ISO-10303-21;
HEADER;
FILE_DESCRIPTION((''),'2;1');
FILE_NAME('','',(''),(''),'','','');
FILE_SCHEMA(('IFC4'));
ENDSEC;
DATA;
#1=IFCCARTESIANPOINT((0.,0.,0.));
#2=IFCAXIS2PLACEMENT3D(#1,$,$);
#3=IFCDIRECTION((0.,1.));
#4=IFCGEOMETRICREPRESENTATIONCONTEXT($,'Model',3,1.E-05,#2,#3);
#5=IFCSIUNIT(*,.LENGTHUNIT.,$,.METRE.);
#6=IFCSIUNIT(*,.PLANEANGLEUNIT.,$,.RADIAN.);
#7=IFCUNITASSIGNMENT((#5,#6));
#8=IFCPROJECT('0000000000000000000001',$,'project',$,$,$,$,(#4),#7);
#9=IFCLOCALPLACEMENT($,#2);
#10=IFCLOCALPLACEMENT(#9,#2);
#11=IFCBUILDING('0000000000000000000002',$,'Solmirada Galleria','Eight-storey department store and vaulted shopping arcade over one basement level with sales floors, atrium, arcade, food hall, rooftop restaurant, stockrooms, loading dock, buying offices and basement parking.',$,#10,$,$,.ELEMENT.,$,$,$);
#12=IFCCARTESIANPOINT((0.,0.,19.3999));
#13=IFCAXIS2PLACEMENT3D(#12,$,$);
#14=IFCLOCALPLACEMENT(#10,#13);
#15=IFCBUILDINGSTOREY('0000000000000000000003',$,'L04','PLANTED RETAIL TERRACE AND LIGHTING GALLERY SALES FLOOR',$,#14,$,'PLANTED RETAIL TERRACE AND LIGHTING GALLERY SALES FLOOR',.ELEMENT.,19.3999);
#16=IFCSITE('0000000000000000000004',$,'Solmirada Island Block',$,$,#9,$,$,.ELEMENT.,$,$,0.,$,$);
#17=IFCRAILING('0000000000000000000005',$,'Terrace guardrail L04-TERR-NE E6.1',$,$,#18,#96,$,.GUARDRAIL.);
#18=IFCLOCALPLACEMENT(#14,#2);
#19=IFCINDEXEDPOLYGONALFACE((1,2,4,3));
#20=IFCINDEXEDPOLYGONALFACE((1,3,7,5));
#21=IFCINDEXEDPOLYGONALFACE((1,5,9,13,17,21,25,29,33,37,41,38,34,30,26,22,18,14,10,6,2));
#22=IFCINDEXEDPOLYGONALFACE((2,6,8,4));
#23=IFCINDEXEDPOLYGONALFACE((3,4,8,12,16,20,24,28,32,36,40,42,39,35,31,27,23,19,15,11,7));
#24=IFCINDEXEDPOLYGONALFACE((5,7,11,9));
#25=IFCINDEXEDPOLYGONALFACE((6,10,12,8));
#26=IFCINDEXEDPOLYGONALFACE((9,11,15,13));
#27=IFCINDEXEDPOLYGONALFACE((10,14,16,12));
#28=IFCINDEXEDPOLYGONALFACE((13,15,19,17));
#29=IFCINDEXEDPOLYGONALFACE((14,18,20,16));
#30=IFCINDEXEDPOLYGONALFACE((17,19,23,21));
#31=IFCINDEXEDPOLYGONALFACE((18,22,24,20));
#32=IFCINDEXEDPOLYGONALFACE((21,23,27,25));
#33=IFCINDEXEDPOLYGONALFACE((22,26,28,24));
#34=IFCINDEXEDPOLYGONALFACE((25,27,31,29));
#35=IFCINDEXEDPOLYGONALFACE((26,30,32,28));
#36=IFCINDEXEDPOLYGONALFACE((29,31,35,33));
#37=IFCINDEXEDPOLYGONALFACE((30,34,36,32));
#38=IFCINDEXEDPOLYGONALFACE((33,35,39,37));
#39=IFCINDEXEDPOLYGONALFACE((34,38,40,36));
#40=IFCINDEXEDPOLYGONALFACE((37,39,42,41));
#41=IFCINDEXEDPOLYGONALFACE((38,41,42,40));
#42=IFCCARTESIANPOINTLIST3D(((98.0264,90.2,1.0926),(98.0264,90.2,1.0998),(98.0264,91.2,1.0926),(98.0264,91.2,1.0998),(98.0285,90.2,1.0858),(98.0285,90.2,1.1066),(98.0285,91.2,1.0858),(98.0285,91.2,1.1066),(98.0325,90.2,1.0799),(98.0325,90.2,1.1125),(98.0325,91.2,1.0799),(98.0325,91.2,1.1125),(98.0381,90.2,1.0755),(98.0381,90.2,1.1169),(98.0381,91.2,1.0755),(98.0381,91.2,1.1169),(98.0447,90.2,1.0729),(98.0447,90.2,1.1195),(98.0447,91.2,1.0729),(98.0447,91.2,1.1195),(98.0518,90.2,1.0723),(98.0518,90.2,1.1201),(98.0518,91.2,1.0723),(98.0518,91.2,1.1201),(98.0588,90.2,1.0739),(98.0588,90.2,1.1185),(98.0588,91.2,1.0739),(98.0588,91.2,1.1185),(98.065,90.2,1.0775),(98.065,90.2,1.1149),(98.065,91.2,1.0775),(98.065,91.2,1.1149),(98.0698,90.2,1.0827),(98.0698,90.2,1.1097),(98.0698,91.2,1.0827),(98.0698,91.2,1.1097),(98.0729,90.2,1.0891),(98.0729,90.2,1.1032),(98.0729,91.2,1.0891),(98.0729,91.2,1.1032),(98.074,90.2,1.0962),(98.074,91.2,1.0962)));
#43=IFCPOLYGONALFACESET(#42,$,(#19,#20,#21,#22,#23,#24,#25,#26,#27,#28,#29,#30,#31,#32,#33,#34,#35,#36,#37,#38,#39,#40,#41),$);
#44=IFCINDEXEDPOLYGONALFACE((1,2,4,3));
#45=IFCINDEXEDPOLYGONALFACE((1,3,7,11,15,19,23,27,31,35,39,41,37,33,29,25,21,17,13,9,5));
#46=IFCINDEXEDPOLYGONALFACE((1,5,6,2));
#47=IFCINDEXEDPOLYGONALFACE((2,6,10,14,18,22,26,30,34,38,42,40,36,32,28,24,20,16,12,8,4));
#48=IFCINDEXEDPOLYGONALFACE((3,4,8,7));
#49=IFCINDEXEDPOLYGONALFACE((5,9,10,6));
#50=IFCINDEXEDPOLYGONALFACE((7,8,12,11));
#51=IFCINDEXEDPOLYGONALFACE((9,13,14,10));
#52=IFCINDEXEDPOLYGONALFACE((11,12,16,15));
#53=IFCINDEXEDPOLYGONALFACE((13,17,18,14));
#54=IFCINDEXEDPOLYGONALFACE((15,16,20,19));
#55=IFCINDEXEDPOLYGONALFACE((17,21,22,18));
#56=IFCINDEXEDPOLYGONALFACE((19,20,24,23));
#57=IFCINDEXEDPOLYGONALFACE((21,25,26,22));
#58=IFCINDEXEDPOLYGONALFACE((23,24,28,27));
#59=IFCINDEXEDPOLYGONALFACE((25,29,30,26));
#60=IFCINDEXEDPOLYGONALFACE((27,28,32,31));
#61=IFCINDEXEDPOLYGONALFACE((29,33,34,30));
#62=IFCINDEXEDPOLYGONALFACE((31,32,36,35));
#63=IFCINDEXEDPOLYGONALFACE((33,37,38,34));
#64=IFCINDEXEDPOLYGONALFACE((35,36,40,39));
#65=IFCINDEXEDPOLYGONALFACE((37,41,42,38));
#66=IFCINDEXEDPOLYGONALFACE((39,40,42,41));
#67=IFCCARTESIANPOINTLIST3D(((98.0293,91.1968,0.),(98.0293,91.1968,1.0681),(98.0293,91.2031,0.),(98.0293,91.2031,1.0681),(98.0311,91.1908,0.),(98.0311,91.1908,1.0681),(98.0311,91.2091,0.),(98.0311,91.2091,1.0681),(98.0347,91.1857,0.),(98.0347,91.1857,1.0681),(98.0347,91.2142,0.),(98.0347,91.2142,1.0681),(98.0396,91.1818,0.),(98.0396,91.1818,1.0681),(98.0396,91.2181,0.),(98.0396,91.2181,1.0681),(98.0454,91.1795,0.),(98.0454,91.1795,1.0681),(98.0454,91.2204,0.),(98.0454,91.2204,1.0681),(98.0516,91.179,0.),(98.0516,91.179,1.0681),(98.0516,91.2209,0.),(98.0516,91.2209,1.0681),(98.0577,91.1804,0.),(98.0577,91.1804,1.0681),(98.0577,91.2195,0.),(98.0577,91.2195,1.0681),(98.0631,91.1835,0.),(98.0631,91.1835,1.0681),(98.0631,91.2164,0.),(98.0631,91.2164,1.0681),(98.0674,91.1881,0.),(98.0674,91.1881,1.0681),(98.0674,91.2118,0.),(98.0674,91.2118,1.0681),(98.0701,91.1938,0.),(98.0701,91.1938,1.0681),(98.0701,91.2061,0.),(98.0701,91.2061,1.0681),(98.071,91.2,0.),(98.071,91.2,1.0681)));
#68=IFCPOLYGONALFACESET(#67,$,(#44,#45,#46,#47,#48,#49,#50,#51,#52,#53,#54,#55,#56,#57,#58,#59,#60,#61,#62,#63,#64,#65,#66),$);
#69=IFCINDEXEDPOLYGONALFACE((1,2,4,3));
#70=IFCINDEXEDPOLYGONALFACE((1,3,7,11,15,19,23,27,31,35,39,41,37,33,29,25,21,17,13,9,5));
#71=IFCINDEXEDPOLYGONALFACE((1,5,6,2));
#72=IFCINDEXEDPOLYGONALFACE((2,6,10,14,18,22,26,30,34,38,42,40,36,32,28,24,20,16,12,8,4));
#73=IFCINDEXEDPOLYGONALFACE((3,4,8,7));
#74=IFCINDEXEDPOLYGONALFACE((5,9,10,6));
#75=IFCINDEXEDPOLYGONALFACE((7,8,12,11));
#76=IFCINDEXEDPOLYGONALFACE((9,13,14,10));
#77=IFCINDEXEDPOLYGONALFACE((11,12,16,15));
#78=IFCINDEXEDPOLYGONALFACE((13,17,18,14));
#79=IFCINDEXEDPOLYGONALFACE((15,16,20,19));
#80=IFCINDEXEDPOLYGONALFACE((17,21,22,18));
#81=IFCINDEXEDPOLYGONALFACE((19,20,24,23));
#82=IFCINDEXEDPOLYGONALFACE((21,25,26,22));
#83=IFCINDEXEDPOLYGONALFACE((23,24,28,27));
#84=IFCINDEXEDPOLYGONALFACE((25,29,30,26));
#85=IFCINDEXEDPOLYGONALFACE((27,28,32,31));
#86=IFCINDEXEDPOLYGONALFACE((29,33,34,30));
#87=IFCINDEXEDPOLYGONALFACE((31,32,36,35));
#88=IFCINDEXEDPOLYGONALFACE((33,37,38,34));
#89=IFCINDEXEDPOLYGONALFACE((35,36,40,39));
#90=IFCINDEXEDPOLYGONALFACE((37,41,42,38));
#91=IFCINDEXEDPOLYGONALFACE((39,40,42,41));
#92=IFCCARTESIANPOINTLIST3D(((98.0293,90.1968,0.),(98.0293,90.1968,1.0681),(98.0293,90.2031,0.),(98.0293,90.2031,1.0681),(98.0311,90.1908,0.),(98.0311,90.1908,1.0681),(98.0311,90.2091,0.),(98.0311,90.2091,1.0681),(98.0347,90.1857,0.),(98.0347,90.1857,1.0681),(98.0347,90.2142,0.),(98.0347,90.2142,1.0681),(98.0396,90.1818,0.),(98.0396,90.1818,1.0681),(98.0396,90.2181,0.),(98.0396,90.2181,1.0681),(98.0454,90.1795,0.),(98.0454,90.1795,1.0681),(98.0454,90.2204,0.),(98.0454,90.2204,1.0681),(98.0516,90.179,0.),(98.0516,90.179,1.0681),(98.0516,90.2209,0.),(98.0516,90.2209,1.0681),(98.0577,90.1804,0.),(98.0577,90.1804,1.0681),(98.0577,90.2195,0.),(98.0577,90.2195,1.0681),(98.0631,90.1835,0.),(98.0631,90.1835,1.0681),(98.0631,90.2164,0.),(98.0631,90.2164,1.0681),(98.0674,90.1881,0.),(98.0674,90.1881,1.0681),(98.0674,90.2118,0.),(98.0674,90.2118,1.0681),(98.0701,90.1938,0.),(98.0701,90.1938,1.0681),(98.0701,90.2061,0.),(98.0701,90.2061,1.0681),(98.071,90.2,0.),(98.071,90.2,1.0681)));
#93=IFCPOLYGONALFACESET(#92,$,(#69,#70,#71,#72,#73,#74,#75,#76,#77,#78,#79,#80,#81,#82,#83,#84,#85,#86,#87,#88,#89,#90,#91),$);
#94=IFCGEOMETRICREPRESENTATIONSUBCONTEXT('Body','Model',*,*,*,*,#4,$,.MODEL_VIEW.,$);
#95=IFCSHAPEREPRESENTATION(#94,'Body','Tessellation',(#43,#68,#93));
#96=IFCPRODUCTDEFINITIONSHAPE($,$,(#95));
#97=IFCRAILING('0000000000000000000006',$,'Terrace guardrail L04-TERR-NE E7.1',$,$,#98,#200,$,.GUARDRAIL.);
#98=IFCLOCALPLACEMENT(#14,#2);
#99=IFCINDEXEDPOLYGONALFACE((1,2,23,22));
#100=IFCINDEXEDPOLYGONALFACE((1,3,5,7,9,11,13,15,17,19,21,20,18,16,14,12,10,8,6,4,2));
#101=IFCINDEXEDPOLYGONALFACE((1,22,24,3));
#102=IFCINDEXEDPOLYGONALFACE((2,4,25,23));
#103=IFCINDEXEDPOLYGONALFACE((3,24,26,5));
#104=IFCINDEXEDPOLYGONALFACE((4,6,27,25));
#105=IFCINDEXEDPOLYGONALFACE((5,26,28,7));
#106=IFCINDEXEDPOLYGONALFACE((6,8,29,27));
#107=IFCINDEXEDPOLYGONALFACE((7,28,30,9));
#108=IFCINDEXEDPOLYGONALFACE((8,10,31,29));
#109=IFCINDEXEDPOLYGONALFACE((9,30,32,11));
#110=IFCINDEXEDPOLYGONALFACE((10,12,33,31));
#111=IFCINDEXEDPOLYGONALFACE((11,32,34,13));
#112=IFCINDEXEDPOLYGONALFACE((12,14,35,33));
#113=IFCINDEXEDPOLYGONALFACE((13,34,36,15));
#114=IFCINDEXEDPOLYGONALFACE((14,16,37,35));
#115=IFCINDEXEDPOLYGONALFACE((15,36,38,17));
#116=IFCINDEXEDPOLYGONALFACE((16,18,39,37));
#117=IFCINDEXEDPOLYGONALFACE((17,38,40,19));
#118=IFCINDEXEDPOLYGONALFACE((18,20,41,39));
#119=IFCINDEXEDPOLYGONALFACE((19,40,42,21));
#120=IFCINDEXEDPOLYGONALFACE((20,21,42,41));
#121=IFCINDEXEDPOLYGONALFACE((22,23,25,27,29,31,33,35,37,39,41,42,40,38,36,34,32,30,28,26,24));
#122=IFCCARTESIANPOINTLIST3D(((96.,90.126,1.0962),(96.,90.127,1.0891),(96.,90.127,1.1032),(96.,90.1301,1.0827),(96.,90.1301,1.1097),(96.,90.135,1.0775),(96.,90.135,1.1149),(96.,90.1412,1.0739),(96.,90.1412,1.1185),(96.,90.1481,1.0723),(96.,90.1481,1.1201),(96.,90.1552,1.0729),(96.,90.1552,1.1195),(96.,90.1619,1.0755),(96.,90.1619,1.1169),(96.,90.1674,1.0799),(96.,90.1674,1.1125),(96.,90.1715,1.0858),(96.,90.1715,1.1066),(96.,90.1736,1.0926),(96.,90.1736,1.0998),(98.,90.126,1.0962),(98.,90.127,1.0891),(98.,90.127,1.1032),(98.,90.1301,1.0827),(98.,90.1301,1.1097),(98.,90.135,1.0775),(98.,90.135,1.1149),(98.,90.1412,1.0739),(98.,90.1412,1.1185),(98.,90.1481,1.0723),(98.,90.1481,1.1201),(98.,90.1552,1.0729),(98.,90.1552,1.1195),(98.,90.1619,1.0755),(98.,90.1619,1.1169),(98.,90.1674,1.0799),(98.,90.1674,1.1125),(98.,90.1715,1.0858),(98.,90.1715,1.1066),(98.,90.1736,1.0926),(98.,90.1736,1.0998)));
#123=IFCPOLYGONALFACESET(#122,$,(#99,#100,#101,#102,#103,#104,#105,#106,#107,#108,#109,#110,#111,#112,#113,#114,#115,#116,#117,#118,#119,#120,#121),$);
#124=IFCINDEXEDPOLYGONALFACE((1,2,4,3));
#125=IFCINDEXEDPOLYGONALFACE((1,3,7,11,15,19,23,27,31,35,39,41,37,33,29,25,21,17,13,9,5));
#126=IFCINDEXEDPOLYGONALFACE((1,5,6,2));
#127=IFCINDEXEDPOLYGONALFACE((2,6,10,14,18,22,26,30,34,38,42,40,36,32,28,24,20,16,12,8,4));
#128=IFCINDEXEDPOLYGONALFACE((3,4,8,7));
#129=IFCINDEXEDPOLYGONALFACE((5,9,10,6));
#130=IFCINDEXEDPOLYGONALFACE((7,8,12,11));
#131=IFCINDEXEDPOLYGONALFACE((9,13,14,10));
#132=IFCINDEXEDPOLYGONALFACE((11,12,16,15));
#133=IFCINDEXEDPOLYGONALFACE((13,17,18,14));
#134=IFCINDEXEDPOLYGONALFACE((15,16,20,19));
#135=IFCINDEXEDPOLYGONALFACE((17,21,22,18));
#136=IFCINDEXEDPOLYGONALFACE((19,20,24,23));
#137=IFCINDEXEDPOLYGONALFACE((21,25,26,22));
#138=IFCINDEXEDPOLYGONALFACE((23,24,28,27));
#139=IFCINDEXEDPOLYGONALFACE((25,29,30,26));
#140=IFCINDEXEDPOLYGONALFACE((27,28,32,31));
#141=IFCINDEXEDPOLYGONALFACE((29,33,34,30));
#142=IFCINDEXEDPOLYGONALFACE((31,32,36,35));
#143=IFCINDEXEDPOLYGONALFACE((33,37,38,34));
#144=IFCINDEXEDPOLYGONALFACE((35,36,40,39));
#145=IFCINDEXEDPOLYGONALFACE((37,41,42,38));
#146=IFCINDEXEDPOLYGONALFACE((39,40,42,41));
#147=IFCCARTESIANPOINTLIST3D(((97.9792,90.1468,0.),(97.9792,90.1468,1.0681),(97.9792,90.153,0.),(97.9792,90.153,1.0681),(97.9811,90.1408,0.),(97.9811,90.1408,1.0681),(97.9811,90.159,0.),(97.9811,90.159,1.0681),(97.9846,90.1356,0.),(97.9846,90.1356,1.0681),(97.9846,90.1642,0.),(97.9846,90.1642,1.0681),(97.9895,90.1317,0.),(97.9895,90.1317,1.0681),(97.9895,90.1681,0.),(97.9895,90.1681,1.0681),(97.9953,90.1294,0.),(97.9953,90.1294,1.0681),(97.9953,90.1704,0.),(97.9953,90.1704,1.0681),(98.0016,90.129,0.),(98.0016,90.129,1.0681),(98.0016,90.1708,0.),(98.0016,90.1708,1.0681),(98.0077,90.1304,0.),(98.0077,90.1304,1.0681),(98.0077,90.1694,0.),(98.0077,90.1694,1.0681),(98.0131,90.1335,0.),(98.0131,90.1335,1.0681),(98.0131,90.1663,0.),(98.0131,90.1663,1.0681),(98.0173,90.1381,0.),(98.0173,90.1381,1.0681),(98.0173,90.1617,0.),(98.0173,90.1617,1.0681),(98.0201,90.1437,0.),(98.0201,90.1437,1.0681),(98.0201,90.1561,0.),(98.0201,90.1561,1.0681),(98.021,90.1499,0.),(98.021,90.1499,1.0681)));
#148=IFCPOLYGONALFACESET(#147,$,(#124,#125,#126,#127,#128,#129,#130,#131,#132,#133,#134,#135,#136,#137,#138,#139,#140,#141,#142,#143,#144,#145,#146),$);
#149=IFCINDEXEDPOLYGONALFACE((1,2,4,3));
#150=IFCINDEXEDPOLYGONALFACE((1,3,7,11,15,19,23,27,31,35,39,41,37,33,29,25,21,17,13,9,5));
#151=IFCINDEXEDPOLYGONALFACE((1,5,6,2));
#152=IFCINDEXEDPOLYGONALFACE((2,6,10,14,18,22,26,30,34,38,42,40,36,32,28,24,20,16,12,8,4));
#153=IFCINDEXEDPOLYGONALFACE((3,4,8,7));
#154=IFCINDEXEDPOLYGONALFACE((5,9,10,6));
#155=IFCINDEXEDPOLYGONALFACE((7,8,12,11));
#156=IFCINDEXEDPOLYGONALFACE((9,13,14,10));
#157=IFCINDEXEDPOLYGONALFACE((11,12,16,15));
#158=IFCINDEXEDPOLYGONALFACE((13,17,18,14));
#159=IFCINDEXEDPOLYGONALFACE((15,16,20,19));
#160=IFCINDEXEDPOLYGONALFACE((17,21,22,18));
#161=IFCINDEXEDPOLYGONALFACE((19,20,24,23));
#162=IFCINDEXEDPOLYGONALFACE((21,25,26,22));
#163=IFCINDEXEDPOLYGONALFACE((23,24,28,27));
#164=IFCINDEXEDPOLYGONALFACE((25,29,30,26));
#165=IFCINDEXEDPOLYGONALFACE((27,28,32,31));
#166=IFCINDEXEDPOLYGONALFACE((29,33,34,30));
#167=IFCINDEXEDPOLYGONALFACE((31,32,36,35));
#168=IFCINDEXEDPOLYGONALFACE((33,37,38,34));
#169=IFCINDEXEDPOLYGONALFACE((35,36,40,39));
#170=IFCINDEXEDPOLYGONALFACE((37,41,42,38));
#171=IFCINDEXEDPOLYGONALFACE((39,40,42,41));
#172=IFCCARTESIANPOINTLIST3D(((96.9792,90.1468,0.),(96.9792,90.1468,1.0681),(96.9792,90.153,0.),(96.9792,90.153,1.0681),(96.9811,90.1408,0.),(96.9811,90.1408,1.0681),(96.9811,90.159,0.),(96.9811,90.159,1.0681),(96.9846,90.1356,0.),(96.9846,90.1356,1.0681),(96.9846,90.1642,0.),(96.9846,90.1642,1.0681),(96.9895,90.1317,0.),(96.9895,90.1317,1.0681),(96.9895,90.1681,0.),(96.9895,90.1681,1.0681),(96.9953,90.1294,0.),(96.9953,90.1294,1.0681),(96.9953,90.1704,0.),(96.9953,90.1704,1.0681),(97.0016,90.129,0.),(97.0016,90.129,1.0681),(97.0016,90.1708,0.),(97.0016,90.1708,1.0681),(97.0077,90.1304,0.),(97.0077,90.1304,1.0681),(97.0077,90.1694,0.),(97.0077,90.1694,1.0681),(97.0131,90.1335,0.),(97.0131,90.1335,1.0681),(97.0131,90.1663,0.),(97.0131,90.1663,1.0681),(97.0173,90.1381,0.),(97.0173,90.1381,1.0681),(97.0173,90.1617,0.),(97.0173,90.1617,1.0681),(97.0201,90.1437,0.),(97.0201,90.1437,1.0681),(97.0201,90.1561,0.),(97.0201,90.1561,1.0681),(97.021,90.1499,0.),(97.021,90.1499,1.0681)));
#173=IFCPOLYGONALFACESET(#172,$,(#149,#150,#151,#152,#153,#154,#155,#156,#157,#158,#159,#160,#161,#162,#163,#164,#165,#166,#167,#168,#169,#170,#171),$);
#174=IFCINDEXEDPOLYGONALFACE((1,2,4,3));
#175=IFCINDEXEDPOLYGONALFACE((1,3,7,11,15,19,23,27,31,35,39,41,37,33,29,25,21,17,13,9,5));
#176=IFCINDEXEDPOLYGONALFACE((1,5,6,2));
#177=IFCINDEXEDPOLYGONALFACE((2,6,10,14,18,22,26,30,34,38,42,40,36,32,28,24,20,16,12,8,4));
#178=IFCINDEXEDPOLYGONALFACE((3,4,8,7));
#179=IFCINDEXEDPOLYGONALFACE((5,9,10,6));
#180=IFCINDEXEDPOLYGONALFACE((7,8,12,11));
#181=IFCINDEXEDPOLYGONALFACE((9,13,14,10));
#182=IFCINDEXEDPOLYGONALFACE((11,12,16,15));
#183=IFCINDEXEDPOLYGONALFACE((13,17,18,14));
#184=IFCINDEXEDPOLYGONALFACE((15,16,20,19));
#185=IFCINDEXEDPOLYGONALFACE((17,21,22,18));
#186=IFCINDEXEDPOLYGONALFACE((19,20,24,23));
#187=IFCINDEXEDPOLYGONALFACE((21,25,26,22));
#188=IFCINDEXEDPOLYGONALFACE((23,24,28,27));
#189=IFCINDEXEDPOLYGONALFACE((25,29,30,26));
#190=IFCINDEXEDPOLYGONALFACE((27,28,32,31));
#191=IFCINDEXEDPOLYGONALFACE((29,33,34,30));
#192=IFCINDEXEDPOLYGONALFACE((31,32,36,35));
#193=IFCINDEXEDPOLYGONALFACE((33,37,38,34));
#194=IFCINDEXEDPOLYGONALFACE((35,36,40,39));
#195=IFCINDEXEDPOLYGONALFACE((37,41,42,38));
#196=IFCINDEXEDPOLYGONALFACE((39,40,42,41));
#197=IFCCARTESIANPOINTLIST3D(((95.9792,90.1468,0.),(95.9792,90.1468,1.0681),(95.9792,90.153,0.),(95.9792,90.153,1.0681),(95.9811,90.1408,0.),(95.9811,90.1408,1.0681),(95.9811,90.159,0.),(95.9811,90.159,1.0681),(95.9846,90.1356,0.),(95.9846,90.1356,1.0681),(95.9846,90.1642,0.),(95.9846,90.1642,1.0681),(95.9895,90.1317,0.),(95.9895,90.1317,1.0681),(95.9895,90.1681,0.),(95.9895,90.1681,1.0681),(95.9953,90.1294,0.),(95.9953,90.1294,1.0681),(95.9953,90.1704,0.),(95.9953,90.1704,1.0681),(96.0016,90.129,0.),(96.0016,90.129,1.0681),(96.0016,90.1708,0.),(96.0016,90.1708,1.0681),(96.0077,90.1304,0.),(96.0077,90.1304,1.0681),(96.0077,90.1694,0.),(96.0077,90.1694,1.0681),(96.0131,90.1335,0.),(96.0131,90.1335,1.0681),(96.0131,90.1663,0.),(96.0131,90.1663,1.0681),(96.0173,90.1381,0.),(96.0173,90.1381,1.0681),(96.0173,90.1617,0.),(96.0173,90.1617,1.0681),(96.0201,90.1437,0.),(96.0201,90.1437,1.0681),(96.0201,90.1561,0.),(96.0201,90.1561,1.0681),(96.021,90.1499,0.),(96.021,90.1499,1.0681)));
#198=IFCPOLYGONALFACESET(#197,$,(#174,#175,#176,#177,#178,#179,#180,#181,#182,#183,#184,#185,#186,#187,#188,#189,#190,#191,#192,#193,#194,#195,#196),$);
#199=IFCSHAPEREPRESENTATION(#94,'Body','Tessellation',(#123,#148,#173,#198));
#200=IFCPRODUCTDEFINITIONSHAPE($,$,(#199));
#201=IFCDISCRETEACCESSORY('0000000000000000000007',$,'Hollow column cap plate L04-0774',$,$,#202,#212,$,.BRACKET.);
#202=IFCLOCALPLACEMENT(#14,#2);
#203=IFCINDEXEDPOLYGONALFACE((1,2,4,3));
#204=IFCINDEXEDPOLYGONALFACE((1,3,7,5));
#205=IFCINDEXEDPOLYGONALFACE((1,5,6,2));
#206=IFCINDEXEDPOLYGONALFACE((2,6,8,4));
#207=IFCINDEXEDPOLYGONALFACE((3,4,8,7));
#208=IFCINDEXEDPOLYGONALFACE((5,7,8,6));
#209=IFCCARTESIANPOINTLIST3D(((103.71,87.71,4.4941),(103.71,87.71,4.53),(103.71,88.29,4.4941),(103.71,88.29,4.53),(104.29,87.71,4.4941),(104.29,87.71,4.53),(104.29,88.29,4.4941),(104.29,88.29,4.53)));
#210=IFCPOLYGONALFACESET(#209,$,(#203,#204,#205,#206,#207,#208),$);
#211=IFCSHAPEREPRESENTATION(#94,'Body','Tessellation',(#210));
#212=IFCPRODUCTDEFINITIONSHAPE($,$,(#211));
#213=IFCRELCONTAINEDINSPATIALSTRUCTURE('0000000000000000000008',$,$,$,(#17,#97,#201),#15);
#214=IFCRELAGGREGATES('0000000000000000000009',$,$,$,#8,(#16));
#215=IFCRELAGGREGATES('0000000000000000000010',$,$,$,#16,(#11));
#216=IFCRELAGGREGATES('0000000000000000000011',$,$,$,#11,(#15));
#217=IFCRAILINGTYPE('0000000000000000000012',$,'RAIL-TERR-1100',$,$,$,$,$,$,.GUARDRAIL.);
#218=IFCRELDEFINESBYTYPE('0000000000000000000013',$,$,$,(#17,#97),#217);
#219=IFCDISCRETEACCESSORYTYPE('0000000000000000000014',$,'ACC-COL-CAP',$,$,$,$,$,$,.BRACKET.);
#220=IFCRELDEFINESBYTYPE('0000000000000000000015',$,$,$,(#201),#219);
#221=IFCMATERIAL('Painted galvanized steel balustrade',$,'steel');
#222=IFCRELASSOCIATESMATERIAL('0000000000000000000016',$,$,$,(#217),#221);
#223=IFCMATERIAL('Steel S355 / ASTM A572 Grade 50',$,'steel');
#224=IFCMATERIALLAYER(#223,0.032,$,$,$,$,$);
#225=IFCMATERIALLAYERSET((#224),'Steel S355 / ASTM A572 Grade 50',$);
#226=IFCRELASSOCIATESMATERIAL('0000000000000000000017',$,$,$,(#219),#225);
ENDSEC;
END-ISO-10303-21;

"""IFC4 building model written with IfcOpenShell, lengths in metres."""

from ifc_helpers import new_model, si_unit, direction, frame, origin, origin_2d, place, context, subcontext, project, spatial, rectangle, circle, extrude, material, layer, layer_set, type_object, element, save


model = new_model("IFC4")

# Units and contexts
model_context = context("Model", 3, precision=1e-05, world=origin(), true_north=direction((0.0, 1.0)))
body_context = subcontext(model_context, "Body", "Model", "MODEL_VIEW")
ifc_project = project(units=[si_unit("LENGTHUNIT", "METRE"), si_unit("PLANEANGLEUNIT", "RADIAN")], contexts=[model_context])

# Site, building, storey
site_placement = place(None, origin())
site = spatial("IfcSite", under=ifc_project, at=site_placement, Name="Solmirada Island Block", CompositionType="ELEMENT", RefElevation=0.0)
building_placement = place(site_placement, origin())
building = spatial("IfcBuilding", under=site, at=building_placement, Name="Solmirada Galleria", Description="Eight-storey department store and vaulted shopping arcade over one basement level with sales floors, atrium, arcade, food hall, rooftop restaurant, stockrooms, loading dock, buying offices and basement parking.", CompositionType="ELEMENT")
storey_placement = place(building_placement, frame((0.0, 0.0, 19.3999)))
storey = spatial("IfcBuildingStorey", under=building, at=storey_placement, Name="L04", Description="PLANTED RETAIL TERRACE AND LIGHTING GALLERY SALES FLOOR", LongName="PLANTED RETAIL TERRACE AND LIGHTING GALLERY SALES FLOOR", CompositionType="ELEMENT", Elevation=19.3999)

# Railings
ifc_material_1 = material(Name="Painted galvanized steel balustrade", Category="steel")
railing_type = type_object("IfcRailingType", Name="RAIL-TERR-1100", PredefinedType="GUARDRAIL", material=ifc_material_1)
railing_1_placement = place(storey_placement, frame((98.05, 91.2, 0.0)))
element("IfcRailing", 1, at=railing_1_placement, inside=storey, type_object=railing_type, Name="Terrace guardrail L04-TERR-NE E6.1", PredefinedType="GUARDRAIL", context=body_context, shape_type="SweptSolid", body=[
    extrude(circle(Radius=0.0239, at=origin_2d()), frame((0.0, 0.0, 1.0962), z_axis=(0.0, -1.0, 0.0), x_axis=(1.0, 0.0, 0.0)), (0.0, 0.0, 1.0), 1.0),
    extrude(circle(Radius=0.021, at=origin_2d()), origin(), (0.0, 0.0, 1.0), 1.0681),
    extrude(circle(Radius=0.021, at=origin_2d()), frame((0.0, -1.0, 0.0)), (0.0, 0.0, 1.0), 1.0681),
])
railing_2_placement = place(storey_placement, frame((98.0, 90.1499, 0.0)))
element("IfcRailing", 2, at=railing_2_placement, inside=storey, type_object=railing_type, Name="Terrace guardrail L04-TERR-NE E7.1", PredefinedType="GUARDRAIL", context=body_context, shape_type="SweptSolid", body=[
    extrude(circle(Radius=0.0239, at=origin_2d()), frame((0.0, 0.0, 1.0962), z_axis=(-1.0, 0.0, 0.0), x_axis=(0.0, -1.0, 0.0)), (0.0, 0.0, 1.0), 2.0),
    extrude(circle(Radius=0.021, at=origin_2d()), origin(), (0.0, 0.0, 1.0), 1.0681),
    extrude(circle(Radius=0.021, at=origin_2d()), frame((-1.0, 0.0, 0.0)), (0.0, 0.0, 1.0), 1.0681),
    extrude(circle(Radius=0.021, at=origin_2d()), frame((-2.0, 0.0, 0.0)), (0.0, 0.0, 1.0), 1.0681),
])

# Discrete accessory
ifc_material_2 = material(Name="Steel S355 / ASTM A572 Grade 50", Category="steel")
ifc_layer_1 = layer(ifc_material_2, 0.032)
ifc_layer_set_1 = layer_set([ifc_layer_1], Name="Steel S355 / ASTM A572 Grade 50")
discrete_accessory_type = type_object("IfcDiscreteAccessoryType", Name="ACC-COL-CAP", PredefinedType="BRACKET", material=ifc_layer_set_1)
discrete_accessory_placement = place(storey_placement, frame((104.0, 88.0, 4.4941), z_axis=(0.0, 0.0, 1.0), x_axis=(1.0, 0.0, 0.0)))
element("IfcDiscreteAccessory", 3, at=discrete_accessory_placement, inside=storey, type_object=discrete_accessory_type, Name="Hollow column cap plate L04-0774", PredefinedType="BRACKET", context=body_context, shape_type="SweptSolid", body=[
    extrude(rectangle(XDim=0.5801, YDim=0.5801, at=origin_2d()), origin(), (0.0, 0.0, 1.0), 0.0359),
])

save(model, "model.ifc")
